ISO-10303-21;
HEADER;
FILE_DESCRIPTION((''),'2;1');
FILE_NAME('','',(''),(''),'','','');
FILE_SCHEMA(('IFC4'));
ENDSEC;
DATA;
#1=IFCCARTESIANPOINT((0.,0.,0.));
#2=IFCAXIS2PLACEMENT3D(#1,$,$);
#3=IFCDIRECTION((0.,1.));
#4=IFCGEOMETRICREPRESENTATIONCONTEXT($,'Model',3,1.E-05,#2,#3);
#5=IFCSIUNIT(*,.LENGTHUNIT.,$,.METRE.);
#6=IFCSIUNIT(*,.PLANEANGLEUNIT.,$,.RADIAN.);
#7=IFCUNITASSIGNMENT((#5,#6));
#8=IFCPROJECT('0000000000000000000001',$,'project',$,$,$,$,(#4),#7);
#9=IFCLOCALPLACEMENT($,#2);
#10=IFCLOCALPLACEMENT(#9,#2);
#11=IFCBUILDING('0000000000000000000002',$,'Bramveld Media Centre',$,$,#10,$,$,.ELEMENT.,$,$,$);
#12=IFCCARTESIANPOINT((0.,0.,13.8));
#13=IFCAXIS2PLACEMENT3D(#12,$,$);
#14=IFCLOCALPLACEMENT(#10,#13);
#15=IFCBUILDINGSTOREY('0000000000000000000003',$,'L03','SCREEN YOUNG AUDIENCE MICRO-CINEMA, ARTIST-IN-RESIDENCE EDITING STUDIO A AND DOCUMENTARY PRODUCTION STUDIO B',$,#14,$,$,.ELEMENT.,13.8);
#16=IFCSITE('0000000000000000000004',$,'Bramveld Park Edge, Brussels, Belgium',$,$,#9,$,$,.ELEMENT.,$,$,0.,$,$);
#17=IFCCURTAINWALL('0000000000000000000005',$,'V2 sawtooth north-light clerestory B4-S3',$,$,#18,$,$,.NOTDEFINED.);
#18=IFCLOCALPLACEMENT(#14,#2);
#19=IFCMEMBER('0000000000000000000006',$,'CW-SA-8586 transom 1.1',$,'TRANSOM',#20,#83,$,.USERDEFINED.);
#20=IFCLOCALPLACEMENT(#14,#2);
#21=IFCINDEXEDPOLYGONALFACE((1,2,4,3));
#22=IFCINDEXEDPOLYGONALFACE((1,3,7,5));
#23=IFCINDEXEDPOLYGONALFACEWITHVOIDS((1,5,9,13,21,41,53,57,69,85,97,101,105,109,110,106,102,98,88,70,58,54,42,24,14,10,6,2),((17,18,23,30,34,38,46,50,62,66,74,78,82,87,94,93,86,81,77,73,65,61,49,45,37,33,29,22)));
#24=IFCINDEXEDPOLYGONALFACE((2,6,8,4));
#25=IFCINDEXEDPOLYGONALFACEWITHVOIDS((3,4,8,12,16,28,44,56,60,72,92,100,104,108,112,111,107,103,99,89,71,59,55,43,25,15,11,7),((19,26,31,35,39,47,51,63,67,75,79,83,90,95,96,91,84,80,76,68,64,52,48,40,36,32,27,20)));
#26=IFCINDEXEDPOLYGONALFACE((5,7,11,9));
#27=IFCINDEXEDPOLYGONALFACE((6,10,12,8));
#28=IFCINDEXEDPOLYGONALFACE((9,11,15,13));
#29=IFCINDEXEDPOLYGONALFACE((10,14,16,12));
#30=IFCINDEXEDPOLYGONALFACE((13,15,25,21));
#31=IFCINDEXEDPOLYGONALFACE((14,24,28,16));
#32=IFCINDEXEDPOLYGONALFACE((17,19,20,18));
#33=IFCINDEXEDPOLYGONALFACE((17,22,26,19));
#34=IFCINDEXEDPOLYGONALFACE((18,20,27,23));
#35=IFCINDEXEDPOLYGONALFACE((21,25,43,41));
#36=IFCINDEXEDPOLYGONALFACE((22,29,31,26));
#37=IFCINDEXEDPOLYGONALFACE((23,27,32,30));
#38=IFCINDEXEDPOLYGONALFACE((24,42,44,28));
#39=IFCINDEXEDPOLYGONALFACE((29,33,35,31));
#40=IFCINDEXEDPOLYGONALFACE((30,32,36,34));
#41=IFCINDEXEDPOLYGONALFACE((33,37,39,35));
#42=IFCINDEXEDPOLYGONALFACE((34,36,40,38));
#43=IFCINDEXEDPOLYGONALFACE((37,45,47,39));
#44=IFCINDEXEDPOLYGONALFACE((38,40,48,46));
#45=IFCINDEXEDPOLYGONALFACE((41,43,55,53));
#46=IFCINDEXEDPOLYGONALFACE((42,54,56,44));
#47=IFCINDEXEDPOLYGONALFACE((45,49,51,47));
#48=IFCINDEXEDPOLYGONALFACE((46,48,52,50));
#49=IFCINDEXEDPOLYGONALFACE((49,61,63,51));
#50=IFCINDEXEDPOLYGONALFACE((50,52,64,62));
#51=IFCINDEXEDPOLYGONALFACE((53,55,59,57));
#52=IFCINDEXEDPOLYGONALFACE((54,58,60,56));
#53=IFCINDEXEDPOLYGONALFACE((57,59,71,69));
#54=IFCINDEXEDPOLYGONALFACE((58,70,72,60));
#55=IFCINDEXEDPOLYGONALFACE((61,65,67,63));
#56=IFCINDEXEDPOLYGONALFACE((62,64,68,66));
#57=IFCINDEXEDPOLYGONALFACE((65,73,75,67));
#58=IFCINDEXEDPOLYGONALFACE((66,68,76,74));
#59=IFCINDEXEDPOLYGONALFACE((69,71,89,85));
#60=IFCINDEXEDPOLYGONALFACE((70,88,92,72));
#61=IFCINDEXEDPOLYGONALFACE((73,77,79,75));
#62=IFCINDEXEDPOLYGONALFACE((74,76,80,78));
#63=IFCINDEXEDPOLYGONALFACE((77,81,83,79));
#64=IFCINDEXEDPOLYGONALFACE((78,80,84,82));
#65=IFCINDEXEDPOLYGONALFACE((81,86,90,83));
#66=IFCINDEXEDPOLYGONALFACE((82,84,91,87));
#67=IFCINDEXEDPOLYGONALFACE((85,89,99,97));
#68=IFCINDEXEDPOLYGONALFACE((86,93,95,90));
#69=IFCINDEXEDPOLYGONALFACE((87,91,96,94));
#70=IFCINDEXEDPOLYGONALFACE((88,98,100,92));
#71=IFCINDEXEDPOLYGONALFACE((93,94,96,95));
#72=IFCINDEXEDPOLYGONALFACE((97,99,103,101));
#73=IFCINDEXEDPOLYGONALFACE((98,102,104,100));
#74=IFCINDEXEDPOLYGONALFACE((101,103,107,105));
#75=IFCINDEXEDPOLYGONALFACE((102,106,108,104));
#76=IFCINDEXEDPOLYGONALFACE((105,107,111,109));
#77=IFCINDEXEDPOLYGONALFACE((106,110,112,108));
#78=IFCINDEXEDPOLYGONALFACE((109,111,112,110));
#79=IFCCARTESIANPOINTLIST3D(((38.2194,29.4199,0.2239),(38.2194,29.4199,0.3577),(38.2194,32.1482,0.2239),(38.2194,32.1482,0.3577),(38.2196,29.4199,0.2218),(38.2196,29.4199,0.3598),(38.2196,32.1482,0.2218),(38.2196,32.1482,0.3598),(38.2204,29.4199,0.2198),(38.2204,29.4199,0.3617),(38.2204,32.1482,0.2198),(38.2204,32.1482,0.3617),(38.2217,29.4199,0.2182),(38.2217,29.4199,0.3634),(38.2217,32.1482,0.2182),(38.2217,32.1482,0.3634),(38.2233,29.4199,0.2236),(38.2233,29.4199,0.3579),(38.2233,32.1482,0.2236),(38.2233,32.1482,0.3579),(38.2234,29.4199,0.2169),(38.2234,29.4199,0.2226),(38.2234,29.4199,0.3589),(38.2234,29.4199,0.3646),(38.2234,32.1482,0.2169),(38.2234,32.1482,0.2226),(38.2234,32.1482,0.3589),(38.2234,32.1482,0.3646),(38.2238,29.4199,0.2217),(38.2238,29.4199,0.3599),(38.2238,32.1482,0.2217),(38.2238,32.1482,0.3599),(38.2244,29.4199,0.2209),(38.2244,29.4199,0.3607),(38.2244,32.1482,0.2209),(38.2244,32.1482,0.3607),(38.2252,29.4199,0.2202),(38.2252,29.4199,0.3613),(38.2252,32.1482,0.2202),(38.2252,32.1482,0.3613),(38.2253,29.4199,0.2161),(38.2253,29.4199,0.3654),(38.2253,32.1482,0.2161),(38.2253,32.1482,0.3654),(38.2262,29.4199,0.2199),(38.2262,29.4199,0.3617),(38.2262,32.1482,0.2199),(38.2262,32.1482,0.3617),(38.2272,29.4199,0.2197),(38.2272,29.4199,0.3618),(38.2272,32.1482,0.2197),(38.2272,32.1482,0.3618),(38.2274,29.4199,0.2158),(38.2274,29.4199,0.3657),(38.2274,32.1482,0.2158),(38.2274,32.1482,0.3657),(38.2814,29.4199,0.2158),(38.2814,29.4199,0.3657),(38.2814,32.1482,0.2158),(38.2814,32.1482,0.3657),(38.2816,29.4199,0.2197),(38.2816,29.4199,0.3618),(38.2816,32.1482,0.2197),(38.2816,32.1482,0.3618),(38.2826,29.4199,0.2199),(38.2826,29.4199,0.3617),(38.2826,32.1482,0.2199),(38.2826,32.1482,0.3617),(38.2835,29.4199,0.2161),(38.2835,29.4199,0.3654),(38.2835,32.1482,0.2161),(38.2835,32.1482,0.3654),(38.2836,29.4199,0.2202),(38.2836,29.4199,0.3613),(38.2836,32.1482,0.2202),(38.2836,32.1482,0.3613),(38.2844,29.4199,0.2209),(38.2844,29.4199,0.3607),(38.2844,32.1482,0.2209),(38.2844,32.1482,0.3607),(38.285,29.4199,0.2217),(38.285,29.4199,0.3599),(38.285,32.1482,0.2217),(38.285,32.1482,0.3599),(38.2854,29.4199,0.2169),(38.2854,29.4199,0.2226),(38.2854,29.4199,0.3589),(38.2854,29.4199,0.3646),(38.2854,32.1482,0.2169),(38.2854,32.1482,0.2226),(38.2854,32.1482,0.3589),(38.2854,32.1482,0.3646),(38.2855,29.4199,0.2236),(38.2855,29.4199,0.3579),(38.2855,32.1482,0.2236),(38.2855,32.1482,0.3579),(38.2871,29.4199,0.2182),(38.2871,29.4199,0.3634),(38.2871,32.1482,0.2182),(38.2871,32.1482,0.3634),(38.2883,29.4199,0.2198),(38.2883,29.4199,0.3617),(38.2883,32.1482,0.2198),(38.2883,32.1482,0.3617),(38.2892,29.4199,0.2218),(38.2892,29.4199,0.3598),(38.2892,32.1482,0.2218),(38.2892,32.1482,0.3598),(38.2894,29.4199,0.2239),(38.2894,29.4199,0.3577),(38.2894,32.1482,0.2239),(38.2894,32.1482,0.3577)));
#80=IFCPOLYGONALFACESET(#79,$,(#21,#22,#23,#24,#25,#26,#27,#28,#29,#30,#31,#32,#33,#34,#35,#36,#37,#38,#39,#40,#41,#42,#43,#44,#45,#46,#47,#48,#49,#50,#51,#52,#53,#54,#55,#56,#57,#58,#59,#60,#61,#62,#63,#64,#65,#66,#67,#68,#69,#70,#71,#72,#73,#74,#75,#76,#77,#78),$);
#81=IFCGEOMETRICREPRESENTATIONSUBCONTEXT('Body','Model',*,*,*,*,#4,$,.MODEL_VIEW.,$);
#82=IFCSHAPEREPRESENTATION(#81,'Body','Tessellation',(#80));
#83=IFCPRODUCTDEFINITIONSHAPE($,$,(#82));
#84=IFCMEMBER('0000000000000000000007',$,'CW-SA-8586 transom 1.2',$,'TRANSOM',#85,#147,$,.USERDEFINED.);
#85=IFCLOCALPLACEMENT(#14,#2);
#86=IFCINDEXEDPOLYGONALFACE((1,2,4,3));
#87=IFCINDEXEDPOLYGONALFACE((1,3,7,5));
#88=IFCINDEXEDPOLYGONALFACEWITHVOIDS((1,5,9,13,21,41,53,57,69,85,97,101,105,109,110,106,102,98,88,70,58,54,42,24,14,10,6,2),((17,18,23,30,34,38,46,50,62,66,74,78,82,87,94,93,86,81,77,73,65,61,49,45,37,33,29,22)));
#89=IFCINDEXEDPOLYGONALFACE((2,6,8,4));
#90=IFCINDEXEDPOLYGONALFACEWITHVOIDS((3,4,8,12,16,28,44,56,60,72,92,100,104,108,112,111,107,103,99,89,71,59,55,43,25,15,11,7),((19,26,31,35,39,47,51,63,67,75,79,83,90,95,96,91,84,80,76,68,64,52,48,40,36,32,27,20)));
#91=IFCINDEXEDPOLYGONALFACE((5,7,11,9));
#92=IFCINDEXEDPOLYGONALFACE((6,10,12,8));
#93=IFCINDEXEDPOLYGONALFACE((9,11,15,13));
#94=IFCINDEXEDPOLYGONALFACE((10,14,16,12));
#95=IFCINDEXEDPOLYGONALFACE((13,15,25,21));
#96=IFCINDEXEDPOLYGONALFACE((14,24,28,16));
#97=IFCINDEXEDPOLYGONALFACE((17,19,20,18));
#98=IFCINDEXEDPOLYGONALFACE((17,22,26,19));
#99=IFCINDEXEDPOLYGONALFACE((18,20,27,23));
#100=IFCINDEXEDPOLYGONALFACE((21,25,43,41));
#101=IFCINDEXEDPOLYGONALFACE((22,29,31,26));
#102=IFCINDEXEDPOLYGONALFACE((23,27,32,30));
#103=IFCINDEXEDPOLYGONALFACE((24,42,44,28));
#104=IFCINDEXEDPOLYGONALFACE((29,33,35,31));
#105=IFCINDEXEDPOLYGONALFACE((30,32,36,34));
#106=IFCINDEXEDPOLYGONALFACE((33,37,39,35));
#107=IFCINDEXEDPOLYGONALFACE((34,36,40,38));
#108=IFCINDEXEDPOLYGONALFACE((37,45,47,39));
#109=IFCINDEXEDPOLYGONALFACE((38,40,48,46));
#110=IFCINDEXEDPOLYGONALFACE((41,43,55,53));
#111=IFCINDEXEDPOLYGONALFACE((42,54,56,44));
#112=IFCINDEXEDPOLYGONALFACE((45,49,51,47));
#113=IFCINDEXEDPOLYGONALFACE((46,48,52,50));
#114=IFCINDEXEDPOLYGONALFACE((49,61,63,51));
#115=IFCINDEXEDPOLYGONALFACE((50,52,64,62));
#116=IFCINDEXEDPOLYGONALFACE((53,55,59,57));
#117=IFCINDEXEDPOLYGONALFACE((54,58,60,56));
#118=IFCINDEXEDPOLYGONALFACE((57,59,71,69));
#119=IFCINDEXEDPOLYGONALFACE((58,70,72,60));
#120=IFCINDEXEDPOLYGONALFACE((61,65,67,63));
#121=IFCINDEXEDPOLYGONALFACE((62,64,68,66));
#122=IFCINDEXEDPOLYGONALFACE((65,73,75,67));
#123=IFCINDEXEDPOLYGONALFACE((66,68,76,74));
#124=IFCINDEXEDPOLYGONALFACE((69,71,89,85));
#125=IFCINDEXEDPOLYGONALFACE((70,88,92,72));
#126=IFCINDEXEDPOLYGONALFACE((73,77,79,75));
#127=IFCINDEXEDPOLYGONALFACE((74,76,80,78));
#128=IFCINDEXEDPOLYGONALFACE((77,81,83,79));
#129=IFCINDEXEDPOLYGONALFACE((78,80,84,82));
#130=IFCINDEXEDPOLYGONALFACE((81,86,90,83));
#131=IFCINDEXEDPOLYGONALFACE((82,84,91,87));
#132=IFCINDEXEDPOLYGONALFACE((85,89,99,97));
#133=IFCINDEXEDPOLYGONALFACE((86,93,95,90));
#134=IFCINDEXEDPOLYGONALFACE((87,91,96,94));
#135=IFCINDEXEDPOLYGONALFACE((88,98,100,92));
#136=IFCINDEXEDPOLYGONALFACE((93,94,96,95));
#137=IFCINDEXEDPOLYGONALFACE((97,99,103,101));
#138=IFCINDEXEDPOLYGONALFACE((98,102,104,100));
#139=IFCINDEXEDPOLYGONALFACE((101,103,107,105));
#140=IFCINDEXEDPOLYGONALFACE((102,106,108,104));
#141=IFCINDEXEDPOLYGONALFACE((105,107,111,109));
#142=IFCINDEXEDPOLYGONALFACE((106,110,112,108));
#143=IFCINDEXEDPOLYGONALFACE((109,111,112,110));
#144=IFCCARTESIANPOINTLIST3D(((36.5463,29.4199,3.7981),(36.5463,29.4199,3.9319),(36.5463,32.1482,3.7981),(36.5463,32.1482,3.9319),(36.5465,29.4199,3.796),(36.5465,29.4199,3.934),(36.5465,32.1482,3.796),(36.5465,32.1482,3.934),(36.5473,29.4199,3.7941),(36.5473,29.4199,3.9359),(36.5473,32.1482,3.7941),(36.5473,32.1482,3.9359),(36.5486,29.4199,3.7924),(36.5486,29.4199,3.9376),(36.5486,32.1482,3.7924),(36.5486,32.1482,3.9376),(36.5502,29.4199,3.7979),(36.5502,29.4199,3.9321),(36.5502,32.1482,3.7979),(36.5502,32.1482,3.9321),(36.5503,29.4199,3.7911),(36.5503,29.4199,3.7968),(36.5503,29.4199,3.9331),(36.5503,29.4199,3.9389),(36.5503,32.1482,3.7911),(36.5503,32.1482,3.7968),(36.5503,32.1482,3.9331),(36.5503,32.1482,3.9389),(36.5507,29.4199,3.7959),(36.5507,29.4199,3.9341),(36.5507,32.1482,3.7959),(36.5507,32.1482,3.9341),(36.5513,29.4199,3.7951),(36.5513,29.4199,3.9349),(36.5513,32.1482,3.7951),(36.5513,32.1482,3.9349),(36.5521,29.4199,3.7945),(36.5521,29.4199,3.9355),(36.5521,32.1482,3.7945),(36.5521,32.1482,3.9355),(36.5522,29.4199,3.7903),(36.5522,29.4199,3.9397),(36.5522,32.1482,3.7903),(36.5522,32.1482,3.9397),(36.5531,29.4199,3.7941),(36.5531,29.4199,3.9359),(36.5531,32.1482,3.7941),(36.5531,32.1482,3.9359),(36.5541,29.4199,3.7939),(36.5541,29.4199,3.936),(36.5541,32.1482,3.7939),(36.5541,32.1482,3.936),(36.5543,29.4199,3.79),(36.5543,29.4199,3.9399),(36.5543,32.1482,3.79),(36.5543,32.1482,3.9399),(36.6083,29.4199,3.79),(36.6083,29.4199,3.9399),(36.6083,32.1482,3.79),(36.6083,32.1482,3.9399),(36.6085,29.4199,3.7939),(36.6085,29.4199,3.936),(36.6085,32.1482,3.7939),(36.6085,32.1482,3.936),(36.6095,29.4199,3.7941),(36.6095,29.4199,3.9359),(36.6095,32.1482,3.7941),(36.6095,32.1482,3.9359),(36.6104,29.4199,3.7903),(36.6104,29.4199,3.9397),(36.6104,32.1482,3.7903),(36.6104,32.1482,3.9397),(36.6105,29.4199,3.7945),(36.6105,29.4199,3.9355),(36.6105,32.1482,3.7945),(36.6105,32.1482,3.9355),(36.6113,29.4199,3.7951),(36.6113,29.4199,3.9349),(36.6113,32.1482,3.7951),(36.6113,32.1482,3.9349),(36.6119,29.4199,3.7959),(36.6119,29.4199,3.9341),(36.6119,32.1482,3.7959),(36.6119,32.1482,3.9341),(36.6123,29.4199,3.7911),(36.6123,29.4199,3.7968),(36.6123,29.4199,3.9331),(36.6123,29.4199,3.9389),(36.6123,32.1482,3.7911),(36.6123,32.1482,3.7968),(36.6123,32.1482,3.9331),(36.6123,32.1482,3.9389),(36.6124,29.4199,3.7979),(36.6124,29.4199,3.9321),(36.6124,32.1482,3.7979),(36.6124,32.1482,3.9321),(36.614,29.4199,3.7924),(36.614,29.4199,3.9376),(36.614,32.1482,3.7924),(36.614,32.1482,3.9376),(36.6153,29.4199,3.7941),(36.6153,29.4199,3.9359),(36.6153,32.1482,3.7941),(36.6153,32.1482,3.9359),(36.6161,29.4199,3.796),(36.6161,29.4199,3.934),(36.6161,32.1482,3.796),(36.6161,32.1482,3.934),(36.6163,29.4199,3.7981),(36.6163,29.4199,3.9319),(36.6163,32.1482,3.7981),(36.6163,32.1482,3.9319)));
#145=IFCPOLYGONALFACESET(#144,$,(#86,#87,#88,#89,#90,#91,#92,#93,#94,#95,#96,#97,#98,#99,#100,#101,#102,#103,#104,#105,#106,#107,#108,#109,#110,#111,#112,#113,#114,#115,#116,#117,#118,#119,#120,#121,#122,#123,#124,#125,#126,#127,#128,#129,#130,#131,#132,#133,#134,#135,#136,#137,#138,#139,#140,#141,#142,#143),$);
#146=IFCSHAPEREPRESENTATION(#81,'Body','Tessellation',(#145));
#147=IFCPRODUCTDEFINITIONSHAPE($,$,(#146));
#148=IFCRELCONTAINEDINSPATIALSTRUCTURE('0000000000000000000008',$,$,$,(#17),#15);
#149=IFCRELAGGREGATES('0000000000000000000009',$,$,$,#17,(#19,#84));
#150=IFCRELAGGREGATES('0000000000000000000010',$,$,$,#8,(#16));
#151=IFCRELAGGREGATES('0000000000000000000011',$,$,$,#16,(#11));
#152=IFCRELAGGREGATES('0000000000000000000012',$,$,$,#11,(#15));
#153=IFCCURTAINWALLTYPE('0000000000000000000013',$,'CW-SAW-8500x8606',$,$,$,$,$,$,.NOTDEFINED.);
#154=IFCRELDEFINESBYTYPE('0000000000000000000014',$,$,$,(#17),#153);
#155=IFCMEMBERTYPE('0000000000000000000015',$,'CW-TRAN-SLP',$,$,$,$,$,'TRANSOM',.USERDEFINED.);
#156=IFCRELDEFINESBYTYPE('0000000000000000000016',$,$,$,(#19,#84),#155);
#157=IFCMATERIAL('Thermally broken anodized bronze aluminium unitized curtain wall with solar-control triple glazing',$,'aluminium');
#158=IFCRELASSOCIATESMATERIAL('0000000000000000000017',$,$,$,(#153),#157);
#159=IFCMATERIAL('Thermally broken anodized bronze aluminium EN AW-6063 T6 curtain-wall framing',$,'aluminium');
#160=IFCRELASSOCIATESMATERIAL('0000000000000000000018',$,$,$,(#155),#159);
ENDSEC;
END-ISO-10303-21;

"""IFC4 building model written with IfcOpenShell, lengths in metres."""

from ifc_helpers import new_model, si_unit, direction, frame, origin, origin_2d, place, context, subcontext, project, spatial, hollow_rectangle, extrude, material, material_profile, profile_set, type_object, element, aggregate, save


model = new_model("IFC4")

# Units and contexts
model_context = context("Model", 3, precision=1e-05, world=origin(), true_north=direction((0.0, 1.0)))
body_context = subcontext(model_context, "Body", "Model", "MODEL_VIEW")
ifc_project = project(units=[si_unit("LENGTHUNIT", "METRE"), si_unit("PLANEANGLEUNIT", "RADIAN")], contexts=[model_context])

# Site, building, storey
site_placement = place(None, origin())
site = spatial("IfcSite", under=ifc_project, at=site_placement, Name="Bramveld Park Edge, Brussels, Belgium", CompositionType="ELEMENT", RefElevation=0.0)
building_placement = place(site_placement, origin())
building = spatial("IfcBuilding", under=site, at=building_placement, Name="Bramveld Media Centre", CompositionType="ELEMENT")
storey_placement = place(building_placement, frame((0.0, 0.0, 13.8)))
storey = spatial("IfcBuildingStorey", under=building, at=storey_placement, Name="L03", Description="SCREEN YOUNG AUDIENCE MICRO-CINEMA, ARTIST-IN-RESIDENCE EDITING STUDIO A AND DOCUMENTARY PRODUCTION STUDIO B", CompositionType="ELEMENT", Elevation=13.8)

# Curtain wall, members
ifc_material_1 = material(Name="Thermally broken anodized bronze aluminium unitized curtain wall with solar-control triple glazing", Category="aluminium")
curtain_wall_type = type_object("IfcCurtainWallType", Name="CW-SAW-8500x8606", PredefinedType="NOTDEFINED", material=ifc_material_1)
curtain_wall_placement = place(storey_placement, origin())
curtain_wall = element("IfcCurtainWall", 1, at=curtain_wall_placement, inside=storey, type_object=curtain_wall_type, Name="V2 sawtooth north-light clerestory B4-S3", PredefinedType="NOTDEFINED")
ifc_material_2 = material(Name="Thermally broken anodized bronze aluminium EN AW-6063 T6 curtain-wall framing", Category="aluminium")
ifc_material_profile_1 = material_profile(ifc_material_2, hollow_rectangle(XDim=0.0701, YDim=0.1499, WallThickness=0.0039, InnerFilletRadius=0.0039, OuterFilletRadius=0.0081, at=origin_2d()), Name="AL-TRAN 70x150")
ifc_profile_set_1 = profile_set([ifc_material_profile_1], Name="Thermally broken anodized bronze aluminium EN AW-6063 T6 curtain-wall framing")
member_type_1 = type_object("IfcMemberType", Name="CW-TRAN-SLP", ElementType="TRANSOM", PredefinedType="USERDEFINED", material=ifc_profile_set_1)
member_1_placement = place(storey_placement, frame((38.2544, 29.4199, 0.2908), z_axis=(0.0, 1.0, 0.0), x_axis=(-1.0, 0.0, 0.0)))
member_1 = element("IfcMember", 2, at=member_1_placement, type_object=member_type_1, Name="CW-SA-8586 transom 1.1", ObjectType="TRANSOM", PredefinedType="USERDEFINED", context=body_context, shape_type="SweptSolid", body=[
    extrude(hollow_rectangle(XDim=0.0701, YDim=0.1499, WallThickness=0.0039, InnerFilletRadius=0.0039, OuterFilletRadius=0.0081, at=origin_2d()), origin(), (0.0, 0.0, 1.0), 2.7283),
])
member_2_placement = place(storey_placement, frame((36.5813, 29.4199, 3.865), z_axis=(0.0, 1.0, 0.0), x_axis=(-1.0, 0.0, 0.0)))
member_2 = element("IfcMember", 3, at=member_2_placement, type_object=member_type_1, Name="CW-SA-8586 transom 1.2", ObjectType="TRANSOM", PredefinedType="USERDEFINED", context=body_context, shape_type="SweptSolid", body=[
    extrude(hollow_rectangle(XDim=0.0701, YDim=0.1499, WallThickness=0.0039, InnerFilletRadius=0.0039, OuterFilletRadius=0.0081, at=origin_2d()), origin(), (0.0, 0.0, 1.0), 2.7283),
])

aggregate(curtain_wall, [member_1, member_2])

save(model, "model.ifc")
